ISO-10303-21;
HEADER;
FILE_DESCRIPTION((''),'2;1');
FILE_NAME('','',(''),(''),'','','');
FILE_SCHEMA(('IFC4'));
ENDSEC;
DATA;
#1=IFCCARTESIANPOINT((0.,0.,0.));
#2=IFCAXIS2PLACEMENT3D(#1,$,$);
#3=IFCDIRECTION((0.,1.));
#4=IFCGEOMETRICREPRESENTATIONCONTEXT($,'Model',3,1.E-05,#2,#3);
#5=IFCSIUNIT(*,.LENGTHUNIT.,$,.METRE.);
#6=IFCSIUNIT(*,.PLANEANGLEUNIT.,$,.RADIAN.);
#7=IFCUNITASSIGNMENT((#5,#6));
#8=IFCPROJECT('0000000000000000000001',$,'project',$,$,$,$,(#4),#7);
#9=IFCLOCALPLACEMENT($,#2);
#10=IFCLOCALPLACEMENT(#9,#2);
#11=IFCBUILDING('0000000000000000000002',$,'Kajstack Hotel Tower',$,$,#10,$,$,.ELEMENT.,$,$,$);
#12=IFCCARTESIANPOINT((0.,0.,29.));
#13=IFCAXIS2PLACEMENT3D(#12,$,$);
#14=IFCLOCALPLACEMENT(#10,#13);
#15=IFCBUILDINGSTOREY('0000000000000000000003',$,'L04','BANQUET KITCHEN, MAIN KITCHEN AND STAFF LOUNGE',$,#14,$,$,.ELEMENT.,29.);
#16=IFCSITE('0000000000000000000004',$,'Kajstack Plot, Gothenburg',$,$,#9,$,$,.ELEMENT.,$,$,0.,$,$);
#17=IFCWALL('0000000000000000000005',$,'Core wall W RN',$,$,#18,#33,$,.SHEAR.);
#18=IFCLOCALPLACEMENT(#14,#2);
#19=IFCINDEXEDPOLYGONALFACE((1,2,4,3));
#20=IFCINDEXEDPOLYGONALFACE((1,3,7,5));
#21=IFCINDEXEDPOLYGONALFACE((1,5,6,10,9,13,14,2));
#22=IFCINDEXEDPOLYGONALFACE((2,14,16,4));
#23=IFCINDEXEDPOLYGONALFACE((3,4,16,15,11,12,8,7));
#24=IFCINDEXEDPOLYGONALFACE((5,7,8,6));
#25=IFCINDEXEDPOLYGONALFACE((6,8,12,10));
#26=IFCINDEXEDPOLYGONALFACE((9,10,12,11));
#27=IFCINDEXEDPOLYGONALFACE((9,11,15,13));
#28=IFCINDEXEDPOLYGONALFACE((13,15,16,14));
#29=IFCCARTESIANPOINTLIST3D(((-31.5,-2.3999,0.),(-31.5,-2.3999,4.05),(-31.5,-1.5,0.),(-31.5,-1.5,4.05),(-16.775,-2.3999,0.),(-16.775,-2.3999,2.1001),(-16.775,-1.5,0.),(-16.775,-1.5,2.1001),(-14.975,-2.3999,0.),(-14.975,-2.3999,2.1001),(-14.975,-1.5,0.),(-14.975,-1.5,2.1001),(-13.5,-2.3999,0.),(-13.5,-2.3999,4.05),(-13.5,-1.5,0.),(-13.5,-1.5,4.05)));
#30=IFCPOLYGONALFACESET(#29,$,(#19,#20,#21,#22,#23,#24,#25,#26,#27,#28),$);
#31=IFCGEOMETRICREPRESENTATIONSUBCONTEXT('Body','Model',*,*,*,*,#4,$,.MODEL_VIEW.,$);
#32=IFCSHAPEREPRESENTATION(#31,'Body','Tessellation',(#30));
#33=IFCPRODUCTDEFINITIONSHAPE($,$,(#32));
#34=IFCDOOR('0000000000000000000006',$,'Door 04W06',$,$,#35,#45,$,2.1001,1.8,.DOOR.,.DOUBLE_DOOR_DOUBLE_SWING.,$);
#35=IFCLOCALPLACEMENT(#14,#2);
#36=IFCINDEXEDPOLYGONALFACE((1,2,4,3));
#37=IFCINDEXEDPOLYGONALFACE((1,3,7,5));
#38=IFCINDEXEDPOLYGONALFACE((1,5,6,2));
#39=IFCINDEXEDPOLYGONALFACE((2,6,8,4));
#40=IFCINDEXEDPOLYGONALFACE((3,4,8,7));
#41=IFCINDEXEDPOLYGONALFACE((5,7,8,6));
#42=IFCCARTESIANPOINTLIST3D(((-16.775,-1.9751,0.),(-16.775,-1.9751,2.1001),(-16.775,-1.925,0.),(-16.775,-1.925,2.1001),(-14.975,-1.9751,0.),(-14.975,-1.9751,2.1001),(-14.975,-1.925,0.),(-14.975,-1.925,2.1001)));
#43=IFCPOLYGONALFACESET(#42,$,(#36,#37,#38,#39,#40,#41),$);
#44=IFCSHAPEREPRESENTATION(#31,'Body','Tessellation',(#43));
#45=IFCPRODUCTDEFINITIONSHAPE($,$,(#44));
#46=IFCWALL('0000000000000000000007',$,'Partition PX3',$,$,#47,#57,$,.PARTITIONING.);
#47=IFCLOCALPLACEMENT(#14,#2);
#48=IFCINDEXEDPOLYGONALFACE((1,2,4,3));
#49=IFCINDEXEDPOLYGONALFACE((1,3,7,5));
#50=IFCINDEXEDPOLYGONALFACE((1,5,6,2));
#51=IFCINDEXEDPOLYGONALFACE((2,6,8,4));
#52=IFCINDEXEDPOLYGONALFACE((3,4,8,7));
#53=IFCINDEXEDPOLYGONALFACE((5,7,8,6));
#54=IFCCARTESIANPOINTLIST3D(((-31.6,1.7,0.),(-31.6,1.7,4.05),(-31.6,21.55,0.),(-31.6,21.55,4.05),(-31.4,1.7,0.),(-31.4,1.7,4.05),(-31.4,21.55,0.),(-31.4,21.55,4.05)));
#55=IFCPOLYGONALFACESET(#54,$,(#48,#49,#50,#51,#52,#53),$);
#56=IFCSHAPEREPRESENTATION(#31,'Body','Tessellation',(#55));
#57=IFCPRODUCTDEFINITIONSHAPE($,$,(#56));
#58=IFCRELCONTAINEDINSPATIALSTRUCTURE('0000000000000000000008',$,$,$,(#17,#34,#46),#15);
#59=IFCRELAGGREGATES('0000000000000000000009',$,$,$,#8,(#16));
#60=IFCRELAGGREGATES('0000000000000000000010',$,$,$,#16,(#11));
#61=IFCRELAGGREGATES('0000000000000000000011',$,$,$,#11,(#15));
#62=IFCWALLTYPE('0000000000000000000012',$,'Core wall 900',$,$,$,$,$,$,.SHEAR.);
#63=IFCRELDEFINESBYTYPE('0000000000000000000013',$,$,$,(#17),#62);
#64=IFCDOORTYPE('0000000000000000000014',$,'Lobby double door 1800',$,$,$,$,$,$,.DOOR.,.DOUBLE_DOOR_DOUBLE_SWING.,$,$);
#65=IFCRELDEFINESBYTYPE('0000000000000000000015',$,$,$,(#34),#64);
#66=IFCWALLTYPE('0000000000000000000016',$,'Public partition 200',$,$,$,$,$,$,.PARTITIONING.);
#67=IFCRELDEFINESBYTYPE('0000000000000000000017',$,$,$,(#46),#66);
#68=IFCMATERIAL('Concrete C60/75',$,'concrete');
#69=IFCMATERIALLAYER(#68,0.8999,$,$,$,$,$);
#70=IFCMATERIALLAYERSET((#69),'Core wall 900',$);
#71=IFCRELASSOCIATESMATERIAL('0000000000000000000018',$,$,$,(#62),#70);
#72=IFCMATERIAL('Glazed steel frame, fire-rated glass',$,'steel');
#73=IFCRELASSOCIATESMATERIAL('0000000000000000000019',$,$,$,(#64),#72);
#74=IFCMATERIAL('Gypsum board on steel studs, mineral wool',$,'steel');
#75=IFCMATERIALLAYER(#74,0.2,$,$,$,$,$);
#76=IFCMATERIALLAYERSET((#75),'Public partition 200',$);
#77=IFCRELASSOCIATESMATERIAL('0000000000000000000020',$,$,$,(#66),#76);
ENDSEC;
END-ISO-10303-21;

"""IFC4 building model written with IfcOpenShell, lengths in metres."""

from ifc_helpers import new_model, si_unit, direction, frame, frame_2d, origin, place, context, subcontext, project, spatial, rectangle, extrude, material, layer, layer_set, type_object, element, fill, save


model = new_model("IFC4")

# Units and contexts
model_context = context("Model", 3, precision=1e-05, world=origin(), true_north=direction((0.0, 1.0)))
body_context = subcontext(model_context, "Body", "Model", "MODEL_VIEW")
ifc_project = project(units=[si_unit("LENGTHUNIT", "METRE"), si_unit("PLANEANGLEUNIT", "RADIAN")], contexts=[model_context])

# Site, building, storey
site_placement = place(None, origin())
site = spatial("IfcSite", under=ifc_project, at=site_placement, Name="Kajstack Plot, Gothenburg", CompositionType="ELEMENT", RefElevation=0.0)
building_placement = place(site_placement, origin())
building = spatial("IfcBuilding", under=site, at=building_placement, Name="Kajstack Hotel Tower", CompositionType="ELEMENT")
storey_placement = place(building_placement, frame((0.0, 0.0, 29.0)))
storey = spatial("IfcBuildingStorey", under=building, at=storey_placement, Name="L04", Description="BANQUET KITCHEN, MAIN KITCHEN AND STAFF LOUNGE", CompositionType="ELEMENT", Elevation=29.0)

# Wall, opening, door
ifc_material_1 = material(Name="Concrete C60/75", Category="concrete")
ifc_layer_1 = layer(ifc_material_1, 0.8999)
ifc_layer_set_1 = layer_set([ifc_layer_1], Name="Core wall 900")
wall_type_1 = type_object("IfcWallType", Name="Core wall 900", PredefinedType="SHEAR", material=ifc_layer_set_1)
wall_1_placement = place(storey_placement, frame((-31.5, -1.95, 0.0), z_axis=(0.0, 0.0, 1.0), x_axis=(1.0, 0.0, 0.0)))
wall_1 = element("IfcWall", 1, at=wall_1_placement, inside=storey, type_object=wall_type_1, Name="Core wall W RN", PredefinedType="SHEAR", context=body_context, shape_type="SweptSolid", body=[
    extrude(rectangle(XDim=18.0, YDim=0.8999, at=frame_2d((9.0, 0.0))), origin(), (0.0, 0.0, 1.0), 4.05),
])
opening_1_placement = place(wall_1_placement, frame((14.7251, 0.0, 0.0)))
opening_1 = element("IfcOpeningElement", 2, at=opening_1_placement, cuts=wall_1, PredefinedType="OPENING", context=body_context, shape_type="SweptSolid", body=[
    extrude(rectangle(XDim=1.8, YDim=2.1001, at=frame_2d((0.8999, 1.05))), frame((0.0, 0.46, 0.0), z_axis=(0.0, -1.0, 0.0), x_axis=(1.0, 0.0, 0.0)), (0.0, 0.0, 1.0), 0.9199),
])
ifc_material_2 = material(Name="Glazed steel frame, fire-rated glass", Category="steel")
door_type_1 = type_object("IfcDoorType", Name="Lobby double door 1800", OperationType="DOUBLE_DOOR_DOUBLE_SWING", PredefinedType="DOOR", material=ifc_material_2)
door_1_placement = place(opening_1_placement, origin())
door_1 = element("IfcDoor", 3, at=door_1_placement, inside=storey, type_object=door_type_1, Name="Door 04W06", OperationType="DOUBLE_DOOR_DOUBLE_SWING", OverallHeight=2.1001, OverallWidth=1.8, PredefinedType="DOOR", context=body_context, shape_type="SweptSolid", body=[
    extrude(rectangle(XDim=1.8, YDim=2.1001, at=frame_2d((0.8999, 1.05))), frame((0.0, 0.0249, 0.0), z_axis=(0.0, -1.0, 0.0), x_axis=(1.0, 0.0, 0.0)), (0.0, 0.0, 1.0), 0.05),
])
fill(opening_1, door_1)

# Wall
ifc_material_3 = material(Name="Gypsum board on steel studs, mineral wool", Category="steel")
ifc_layer_2 = layer(ifc_material_3, 0.2)
ifc_layer_set_2 = layer_set([ifc_layer_2], Name="Public partition 200")
wall_type_2 = type_object("IfcWallType", Name="Public partition 200", PredefinedType="PARTITIONING", material=ifc_layer_set_2)
wall_2_placement = place(storey_placement, frame((-31.5, 1.7, 0.0), z_axis=(0.0, 0.0, 1.0), x_axis=(0.0, 1.0, 0.0)))
element("IfcWall", 4, at=wall_2_placement, inside=storey, type_object=wall_type_2, Name="Partition PX3", PredefinedType="PARTITIONING", context=body_context, shape_type="SweptSolid", body=[
    extrude(rectangle(XDim=19.8501, YDim=0.2, at=frame_2d((9.925, 0.0))), origin(), (0.0, 0.0, 1.0), 4.05),
])

save(model, "model.ifc")
